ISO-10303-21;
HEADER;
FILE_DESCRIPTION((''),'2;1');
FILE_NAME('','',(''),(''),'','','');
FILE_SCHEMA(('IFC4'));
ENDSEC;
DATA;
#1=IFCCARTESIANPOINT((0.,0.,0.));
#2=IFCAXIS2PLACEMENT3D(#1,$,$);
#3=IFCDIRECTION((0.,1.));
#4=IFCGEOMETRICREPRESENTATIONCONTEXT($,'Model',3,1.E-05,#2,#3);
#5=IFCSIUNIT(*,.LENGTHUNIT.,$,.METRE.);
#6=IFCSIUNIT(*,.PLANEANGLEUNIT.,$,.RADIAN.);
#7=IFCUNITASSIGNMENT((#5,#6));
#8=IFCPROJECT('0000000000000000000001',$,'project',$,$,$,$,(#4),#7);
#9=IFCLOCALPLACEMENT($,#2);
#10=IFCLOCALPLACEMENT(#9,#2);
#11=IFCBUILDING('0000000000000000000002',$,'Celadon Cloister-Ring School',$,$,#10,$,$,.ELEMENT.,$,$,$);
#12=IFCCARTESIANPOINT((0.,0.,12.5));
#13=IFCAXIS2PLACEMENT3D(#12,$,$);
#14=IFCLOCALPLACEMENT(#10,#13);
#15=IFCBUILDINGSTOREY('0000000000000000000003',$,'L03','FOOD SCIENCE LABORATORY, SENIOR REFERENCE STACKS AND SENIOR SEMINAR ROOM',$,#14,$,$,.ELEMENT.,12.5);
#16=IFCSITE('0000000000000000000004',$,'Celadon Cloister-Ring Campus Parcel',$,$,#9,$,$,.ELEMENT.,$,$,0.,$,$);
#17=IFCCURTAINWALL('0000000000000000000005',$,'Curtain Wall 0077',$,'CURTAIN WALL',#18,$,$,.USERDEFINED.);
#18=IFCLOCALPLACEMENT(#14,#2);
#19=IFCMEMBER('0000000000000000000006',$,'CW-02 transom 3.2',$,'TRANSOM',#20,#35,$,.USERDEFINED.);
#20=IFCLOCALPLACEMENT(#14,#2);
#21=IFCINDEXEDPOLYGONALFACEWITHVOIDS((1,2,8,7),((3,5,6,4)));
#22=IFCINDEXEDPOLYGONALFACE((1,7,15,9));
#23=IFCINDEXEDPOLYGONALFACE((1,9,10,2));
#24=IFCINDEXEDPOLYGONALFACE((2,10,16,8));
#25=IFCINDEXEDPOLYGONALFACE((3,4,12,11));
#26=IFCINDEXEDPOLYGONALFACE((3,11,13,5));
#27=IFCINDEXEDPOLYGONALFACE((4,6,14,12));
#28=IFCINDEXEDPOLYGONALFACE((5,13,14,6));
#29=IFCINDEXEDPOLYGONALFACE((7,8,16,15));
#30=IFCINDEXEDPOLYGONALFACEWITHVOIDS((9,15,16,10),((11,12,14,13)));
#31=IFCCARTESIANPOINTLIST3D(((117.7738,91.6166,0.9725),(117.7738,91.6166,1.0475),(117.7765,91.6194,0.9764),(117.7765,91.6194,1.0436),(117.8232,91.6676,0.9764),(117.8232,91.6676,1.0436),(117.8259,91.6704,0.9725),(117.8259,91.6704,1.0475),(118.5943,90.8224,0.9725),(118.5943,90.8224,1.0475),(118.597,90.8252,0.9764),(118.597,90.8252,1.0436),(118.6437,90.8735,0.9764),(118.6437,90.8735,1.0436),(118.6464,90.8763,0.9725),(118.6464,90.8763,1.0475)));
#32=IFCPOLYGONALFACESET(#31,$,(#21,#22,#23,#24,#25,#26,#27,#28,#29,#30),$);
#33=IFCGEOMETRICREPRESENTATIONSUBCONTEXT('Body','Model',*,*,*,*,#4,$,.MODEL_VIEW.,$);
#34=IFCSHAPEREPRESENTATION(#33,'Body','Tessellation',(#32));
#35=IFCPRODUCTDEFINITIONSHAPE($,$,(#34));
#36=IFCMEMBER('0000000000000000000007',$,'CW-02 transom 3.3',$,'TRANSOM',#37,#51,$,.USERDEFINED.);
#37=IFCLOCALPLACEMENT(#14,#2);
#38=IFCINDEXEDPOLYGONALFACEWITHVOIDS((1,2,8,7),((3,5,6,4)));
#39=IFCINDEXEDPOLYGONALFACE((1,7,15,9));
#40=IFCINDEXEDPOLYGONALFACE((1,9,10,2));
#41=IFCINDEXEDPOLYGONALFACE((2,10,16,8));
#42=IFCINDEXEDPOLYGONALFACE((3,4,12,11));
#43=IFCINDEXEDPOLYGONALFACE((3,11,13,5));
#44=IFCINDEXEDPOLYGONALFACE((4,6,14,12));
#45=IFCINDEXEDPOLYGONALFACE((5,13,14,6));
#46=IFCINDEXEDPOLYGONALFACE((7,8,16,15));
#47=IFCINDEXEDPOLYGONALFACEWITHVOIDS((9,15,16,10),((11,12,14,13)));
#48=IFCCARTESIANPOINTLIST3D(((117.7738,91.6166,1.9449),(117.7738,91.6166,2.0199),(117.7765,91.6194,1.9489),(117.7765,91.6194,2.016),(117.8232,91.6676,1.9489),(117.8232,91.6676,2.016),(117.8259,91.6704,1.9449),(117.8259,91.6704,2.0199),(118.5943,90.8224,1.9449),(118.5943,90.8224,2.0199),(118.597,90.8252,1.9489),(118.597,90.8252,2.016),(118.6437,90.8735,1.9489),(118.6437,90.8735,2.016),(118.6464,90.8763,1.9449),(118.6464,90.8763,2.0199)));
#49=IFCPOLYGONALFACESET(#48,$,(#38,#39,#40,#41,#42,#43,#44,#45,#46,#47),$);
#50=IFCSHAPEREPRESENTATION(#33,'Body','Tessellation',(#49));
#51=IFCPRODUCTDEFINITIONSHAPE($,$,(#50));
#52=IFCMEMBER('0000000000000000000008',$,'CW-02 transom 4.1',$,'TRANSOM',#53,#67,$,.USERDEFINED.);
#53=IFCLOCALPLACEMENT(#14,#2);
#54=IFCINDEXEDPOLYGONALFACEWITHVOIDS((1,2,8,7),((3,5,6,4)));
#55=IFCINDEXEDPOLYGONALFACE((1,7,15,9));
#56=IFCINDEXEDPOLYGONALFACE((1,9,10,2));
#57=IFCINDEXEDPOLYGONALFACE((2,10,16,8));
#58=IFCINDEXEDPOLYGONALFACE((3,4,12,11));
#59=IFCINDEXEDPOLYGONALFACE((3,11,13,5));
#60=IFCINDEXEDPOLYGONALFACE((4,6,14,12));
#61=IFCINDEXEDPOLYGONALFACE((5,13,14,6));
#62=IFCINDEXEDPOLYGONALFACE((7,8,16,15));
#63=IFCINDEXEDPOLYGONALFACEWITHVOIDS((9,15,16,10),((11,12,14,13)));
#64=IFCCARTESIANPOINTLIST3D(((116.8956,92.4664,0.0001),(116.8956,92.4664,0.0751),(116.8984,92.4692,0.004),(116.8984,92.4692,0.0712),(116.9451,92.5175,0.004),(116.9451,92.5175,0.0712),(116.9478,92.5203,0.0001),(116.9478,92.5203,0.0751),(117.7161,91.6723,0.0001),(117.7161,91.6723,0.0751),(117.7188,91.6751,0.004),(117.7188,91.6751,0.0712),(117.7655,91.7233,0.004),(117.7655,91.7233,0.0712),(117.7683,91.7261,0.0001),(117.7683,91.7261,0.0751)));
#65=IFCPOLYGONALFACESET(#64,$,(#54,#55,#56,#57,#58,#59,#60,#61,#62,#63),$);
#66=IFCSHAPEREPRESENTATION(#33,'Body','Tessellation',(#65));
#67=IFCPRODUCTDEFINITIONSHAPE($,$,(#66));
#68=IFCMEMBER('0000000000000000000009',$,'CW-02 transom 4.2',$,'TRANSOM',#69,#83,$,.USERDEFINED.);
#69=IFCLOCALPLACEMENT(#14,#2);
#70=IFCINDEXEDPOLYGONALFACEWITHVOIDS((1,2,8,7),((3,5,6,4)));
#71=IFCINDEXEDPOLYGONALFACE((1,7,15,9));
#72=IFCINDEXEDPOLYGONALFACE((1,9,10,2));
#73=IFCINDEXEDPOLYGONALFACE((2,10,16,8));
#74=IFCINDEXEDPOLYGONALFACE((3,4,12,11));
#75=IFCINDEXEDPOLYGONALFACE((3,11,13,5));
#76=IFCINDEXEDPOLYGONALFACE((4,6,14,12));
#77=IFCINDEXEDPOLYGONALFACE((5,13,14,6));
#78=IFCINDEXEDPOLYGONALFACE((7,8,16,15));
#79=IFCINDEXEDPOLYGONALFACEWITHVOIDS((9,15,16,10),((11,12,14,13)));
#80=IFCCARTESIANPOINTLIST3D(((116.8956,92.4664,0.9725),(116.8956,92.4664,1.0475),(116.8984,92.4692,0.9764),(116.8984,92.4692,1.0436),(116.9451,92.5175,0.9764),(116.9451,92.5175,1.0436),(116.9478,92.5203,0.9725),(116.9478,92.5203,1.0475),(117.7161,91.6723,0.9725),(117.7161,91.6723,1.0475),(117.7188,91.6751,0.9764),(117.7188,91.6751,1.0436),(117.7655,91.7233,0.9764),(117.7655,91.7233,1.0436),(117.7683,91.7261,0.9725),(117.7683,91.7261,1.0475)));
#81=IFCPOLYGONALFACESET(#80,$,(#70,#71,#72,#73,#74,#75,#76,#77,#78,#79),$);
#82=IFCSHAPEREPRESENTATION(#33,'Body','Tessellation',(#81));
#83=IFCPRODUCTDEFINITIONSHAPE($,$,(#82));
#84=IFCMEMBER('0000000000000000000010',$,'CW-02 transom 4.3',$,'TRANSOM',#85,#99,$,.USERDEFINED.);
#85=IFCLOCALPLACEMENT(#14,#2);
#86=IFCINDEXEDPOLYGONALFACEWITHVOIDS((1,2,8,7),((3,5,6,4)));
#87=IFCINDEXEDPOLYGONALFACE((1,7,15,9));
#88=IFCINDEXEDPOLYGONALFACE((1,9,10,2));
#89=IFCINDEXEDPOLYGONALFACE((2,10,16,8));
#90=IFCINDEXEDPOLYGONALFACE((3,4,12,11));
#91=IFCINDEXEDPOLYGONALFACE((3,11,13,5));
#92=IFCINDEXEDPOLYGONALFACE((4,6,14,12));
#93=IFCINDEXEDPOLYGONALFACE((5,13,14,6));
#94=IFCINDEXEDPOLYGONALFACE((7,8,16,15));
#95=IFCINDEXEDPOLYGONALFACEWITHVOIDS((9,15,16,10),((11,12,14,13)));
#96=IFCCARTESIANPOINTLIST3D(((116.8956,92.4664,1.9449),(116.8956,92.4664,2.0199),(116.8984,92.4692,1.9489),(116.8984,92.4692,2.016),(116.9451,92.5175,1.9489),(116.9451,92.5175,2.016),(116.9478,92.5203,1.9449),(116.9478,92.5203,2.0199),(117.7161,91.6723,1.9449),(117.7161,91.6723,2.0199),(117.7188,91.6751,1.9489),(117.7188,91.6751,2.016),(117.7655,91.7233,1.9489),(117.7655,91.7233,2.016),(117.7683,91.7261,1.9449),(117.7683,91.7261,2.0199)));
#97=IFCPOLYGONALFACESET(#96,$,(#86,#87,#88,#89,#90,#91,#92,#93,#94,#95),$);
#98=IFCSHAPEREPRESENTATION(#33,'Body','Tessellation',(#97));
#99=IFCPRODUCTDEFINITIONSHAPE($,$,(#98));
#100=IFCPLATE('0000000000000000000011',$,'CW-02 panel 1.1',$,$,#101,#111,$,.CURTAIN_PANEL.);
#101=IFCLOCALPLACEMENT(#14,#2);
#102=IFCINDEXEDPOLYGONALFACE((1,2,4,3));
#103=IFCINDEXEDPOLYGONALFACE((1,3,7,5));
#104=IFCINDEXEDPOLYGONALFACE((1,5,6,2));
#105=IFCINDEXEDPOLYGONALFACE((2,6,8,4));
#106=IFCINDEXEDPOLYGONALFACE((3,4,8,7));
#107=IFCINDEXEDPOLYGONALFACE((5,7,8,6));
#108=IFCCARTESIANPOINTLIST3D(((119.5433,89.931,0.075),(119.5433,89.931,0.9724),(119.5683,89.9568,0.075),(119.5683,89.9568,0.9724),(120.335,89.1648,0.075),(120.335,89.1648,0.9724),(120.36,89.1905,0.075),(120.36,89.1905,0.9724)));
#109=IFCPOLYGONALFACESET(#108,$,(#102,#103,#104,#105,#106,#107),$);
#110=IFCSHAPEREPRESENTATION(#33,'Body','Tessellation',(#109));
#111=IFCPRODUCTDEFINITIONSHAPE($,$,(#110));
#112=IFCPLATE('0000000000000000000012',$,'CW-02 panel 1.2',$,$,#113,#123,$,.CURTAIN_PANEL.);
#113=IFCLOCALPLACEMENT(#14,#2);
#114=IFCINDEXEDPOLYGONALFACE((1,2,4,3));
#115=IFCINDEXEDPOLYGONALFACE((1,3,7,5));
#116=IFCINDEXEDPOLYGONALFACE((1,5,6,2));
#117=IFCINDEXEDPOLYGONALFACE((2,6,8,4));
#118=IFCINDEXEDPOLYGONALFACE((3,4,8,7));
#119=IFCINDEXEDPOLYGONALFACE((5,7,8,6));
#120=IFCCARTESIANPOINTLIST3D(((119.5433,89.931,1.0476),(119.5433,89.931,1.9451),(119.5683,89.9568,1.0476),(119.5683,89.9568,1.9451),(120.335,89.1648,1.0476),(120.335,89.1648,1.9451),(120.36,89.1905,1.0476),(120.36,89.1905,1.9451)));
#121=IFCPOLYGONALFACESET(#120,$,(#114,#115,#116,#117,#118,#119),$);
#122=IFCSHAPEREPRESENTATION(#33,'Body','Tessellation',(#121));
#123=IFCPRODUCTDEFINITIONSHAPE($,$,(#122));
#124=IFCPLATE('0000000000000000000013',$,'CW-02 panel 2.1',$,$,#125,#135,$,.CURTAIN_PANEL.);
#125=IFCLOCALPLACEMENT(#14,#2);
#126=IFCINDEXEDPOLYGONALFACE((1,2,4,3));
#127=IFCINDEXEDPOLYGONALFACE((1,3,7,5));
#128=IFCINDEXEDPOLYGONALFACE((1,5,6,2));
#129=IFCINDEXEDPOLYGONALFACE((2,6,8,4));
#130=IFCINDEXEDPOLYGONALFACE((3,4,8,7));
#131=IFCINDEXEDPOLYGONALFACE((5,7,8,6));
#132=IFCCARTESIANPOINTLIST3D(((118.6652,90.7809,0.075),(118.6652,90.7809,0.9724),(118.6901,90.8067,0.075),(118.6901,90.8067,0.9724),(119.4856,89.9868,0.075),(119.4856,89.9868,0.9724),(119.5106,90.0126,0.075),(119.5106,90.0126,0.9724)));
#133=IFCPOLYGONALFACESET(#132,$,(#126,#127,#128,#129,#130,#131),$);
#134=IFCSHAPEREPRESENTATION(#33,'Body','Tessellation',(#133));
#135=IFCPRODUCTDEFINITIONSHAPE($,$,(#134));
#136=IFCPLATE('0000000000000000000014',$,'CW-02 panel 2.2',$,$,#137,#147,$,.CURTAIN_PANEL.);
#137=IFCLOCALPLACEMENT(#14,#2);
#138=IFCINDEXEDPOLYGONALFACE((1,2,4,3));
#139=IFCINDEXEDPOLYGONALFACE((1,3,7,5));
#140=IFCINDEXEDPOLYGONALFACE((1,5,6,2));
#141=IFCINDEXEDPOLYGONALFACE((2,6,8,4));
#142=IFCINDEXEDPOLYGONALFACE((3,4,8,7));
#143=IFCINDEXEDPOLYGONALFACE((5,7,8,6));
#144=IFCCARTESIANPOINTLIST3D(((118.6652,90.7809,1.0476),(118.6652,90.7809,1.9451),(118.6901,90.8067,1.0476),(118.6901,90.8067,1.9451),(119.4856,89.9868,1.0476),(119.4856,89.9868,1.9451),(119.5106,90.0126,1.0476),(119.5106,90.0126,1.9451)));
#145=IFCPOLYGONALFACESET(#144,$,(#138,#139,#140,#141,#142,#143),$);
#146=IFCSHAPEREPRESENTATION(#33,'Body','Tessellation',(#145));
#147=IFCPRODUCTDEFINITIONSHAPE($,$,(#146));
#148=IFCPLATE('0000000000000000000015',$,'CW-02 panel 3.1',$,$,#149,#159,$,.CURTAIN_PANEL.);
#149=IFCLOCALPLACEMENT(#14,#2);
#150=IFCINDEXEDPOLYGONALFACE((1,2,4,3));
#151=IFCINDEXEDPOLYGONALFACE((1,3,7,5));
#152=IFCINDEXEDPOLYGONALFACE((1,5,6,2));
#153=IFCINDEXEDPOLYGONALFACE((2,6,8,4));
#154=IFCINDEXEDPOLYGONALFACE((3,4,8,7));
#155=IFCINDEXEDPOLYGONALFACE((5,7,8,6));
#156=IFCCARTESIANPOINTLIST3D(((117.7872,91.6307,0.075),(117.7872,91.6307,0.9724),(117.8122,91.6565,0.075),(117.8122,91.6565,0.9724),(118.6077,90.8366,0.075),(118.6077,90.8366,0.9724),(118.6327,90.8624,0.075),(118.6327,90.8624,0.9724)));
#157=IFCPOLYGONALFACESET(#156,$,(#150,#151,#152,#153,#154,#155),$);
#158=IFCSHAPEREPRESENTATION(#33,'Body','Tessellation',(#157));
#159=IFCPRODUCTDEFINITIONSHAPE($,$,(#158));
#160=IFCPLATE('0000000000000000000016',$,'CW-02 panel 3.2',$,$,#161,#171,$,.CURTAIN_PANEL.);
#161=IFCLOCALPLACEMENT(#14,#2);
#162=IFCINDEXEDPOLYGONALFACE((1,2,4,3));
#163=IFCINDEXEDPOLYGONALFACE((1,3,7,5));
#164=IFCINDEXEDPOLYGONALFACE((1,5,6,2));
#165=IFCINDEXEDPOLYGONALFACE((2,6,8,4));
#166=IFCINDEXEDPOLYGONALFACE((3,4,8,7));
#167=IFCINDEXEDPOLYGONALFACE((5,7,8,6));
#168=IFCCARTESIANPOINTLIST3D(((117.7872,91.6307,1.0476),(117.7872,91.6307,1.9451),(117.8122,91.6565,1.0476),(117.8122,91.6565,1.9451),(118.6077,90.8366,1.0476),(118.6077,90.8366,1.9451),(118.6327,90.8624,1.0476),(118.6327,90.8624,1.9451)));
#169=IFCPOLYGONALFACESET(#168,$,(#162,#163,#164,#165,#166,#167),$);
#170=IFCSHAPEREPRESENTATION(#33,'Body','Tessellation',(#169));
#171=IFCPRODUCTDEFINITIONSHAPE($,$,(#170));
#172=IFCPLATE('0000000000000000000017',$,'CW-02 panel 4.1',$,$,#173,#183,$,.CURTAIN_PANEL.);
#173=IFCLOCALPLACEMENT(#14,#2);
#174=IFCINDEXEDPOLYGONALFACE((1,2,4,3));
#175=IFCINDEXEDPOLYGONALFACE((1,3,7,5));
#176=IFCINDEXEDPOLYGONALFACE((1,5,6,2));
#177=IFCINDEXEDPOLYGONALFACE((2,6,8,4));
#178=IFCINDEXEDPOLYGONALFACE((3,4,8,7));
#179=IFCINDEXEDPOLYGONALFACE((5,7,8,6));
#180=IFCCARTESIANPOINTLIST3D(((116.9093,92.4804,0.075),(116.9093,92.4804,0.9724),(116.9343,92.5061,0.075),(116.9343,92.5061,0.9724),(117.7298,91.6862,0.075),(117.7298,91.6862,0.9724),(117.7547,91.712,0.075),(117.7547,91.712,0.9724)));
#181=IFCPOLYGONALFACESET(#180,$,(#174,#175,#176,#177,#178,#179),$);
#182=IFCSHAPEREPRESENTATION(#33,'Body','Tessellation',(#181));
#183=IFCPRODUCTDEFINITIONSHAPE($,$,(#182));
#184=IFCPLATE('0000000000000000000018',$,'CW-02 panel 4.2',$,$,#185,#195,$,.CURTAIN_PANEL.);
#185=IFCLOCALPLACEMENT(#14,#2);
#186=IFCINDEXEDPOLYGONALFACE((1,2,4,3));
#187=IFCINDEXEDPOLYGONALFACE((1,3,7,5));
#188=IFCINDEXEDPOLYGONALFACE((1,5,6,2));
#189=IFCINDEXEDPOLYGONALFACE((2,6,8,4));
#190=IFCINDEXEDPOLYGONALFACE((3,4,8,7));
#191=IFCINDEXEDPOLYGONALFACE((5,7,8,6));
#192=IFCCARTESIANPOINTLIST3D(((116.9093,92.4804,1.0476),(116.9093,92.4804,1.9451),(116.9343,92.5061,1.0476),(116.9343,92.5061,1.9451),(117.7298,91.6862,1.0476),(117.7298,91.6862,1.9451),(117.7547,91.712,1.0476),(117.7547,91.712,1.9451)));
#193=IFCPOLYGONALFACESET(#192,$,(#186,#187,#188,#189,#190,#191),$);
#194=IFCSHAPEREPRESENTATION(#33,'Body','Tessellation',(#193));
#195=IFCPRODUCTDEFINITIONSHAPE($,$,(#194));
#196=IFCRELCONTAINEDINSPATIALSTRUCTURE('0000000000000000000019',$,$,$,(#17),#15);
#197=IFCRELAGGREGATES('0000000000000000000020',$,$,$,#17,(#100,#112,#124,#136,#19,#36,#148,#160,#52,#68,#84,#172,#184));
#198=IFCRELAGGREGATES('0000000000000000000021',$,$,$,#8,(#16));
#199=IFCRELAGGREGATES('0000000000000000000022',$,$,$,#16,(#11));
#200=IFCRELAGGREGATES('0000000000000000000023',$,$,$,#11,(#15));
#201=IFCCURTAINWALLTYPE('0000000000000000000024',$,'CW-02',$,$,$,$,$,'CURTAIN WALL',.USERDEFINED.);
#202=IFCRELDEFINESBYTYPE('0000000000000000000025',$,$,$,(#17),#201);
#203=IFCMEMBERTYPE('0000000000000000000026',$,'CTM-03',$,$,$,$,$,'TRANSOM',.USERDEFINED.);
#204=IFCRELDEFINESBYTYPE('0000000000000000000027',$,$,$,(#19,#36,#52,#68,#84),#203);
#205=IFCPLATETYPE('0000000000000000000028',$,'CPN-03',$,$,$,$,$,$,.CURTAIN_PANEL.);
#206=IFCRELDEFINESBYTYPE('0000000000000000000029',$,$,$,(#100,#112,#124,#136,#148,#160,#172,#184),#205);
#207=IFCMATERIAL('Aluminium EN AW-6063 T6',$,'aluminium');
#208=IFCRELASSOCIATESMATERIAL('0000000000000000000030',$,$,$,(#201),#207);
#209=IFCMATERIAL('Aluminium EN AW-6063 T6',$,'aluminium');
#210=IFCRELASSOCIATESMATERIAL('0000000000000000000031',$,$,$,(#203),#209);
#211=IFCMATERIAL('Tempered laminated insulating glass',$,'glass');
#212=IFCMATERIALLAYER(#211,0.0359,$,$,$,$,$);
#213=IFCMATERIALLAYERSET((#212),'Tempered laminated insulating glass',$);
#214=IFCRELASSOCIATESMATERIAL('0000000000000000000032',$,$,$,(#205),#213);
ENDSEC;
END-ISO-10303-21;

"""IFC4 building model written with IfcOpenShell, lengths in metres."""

from ifc_helpers import new_model, si_unit, direction, frame, origin, origin_2d, place, context, subcontext, project, spatial, rectangle, hollow_rectangle, extrude, material, layer, layer_set, material_profile, profile_set, type_object, element, aggregate, save


model = new_model("IFC4")

# Units and contexts
model_context = context("Model", 3, precision=1e-05, world=origin(), true_north=direction((0.0, 1.0)))
body_context = subcontext(model_context, "Body", "Model", "MODEL_VIEW")
ifc_project = project(units=[si_unit("LENGTHUNIT", "METRE"), si_unit("PLANEANGLEUNIT", "RADIAN")], contexts=[model_context])

# Site, building, storey
site_placement = place(None, origin())
site = spatial("IfcSite", under=ifc_project, at=site_placement, Name="Celadon Cloister-Ring Campus Parcel", CompositionType="ELEMENT", RefElevation=0.0)
building_placement = place(site_placement, origin())
building = spatial("IfcBuilding", under=site, at=building_placement, Name="Celadon Cloister-Ring School", CompositionType="ELEMENT")
storey_placement = place(building_placement, frame((0.0, 0.0, 12.5)))
storey = spatial("IfcBuildingStorey", under=building, at=storey_placement, Name="L03", Description="FOOD SCIENCE LABORATORY, SENIOR REFERENCE STACKS AND SENIOR SEMINAR ROOM", CompositionType="ELEMENT", Elevation=12.5)

# Curtain wall, members, plates
ifc_material_1 = material(Name="Aluminium EN AW-6063 T6", Category="aluminium")
curtain_wall_type = type_object("IfcCurtainWallType", Name="CW-02", ElementType="CURTAIN WALL", PredefinedType="USERDEFINED", material=ifc_material_1)
curtain_wall_placement = place(storey_placement, origin())
curtain_wall = element("IfcCurtainWall", 1, at=curtain_wall_placement, inside=storey, type_object=curtain_wall_type, Name="Curtain Wall 0077", ObjectType="CURTAIN WALL", PredefinedType="USERDEFINED")
ifc_material_2 = material(Name="Aluminium EN AW-6063 T6", Category="aluminium")
ifc_material_profile_1 = material_profile(ifc_material_2, hollow_rectangle(XDim=0.075, YDim=0.075, WallThickness=0.0039, at=origin_2d()), Name="RHS75X75X4")
ifc_profile_set_1 = profile_set([ifc_material_profile_1], Name="Aluminium EN AW-6063 T6")
member_type_1 = type_object("IfcMemberType", Name="CTM-03", ElementType="TRANSOM", PredefinedType="USERDEFINED", material=ifc_profile_set_1)
member_1_placement = place(storey_placement, frame((118.6204, 90.8494, 1.01), z_axis=(-0.718557, 0.695468, 0.0), x_axis=(-0.695468, -0.718557, 0.0)))
member_1 = element("IfcMember", 2, at=member_1_placement, type_object=member_type_1, Name="CW-02 transom 3.2", ObjectType="TRANSOM", PredefinedType="USERDEFINED", context=body_context, shape_type="SweptSolid", body=[
    extrude(hollow_rectangle(XDim=0.075, YDim=0.075, WallThickness=0.0039, at=origin_2d()), origin(), (0.0, 0.0, 1.0), 1.1418),
])
member_2_placement = place(storey_placement, frame((118.6204, 90.8494, 1.9824), z_axis=(-0.718557, 0.695468, 0.0), x_axis=(-0.695468, -0.718557, 0.0)))
member_2 = element("IfcMember", 3, at=member_2_placement, type_object=member_type_1, Name="CW-02 transom 3.3", ObjectType="TRANSOM", PredefinedType="USERDEFINED", context=body_context, shape_type="SweptSolid", body=[
    extrude(hollow_rectangle(XDim=0.075, YDim=0.075, WallThickness=0.0039, at=origin_2d()), origin(), (0.0, 0.0, 1.0), 1.1418),
])
member_3_placement = place(storey_placement, frame((117.7422, 91.6992, 0.0376), z_axis=(-0.718557, 0.695468, 0.0), x_axis=(-0.695468, -0.718557, 0.0)))
member_3 = element("IfcMember", 4, at=member_3_placement, type_object=member_type_1, Name="CW-02 transom 4.1", ObjectType="TRANSOM", PredefinedType="USERDEFINED", context=body_context, shape_type="SweptSolid", body=[
    extrude(hollow_rectangle(XDim=0.075, YDim=0.075, WallThickness=0.0039, at=origin_2d()), origin(), (0.0, 0.0, 1.0), 1.1418),
])
member_4_placement = place(storey_placement, frame((117.7422, 91.6992, 1.01), z_axis=(-0.718557, 0.695468, 0.0), x_axis=(-0.695468, -0.718557, 0.0)))
member_4 = element("IfcMember", 5, at=member_4_placement, type_object=member_type_1, Name="CW-02 transom 4.2", ObjectType="TRANSOM", PredefinedType="USERDEFINED", context=body_context, shape_type="SweptSolid", body=[
    extrude(hollow_rectangle(XDim=0.075, YDim=0.075, WallThickness=0.0039, at=origin_2d()), origin(), (0.0, 0.0, 1.0), 1.1418),
])
member_5_placement = place(storey_placement, frame((117.7422, 91.6992, 1.9824), z_axis=(-0.718557, 0.695468, 0.0), x_axis=(-0.695468, -0.718557, 0.0)))
member_5 = element("IfcMember", 6, at=member_5_placement, type_object=member_type_1, Name="CW-02 transom 4.3", ObjectType="TRANSOM", PredefinedType="USERDEFINED", context=body_context, shape_type="SweptSolid", body=[
    extrude(hollow_rectangle(XDim=0.075, YDim=0.075, WallThickness=0.0039, at=origin_2d()), origin(), (0.0, 0.0, 1.0), 1.1418),
])
ifc_material_3 = material(Name="Tempered laminated insulating glass", Category="glass")
ifc_layer = layer(ifc_material_3, 0.0359)
ifc_layer_set = layer_set([ifc_layer], Name="Tempered laminated insulating glass")
plate_type = type_object("IfcPlateType", Name="CPN-03", PredefinedType="CURTAIN_PANEL", material=ifc_layer_set)
plate_1_placement = place(storey_placement, frame((119.9517, 89.5608, 0.075), z_axis=(0.0, 0.0, 1.0), x_axis=(-0.718552, 0.695473, 0.0)))
plate_1 = element("IfcPlate", 7, at=plate_1_placement, type_object=plate_type, Name="CW-02 panel 1.1", PredefinedType="CURTAIN_PANEL", context=body_context, shape_type="SweptSolid", body=[
    extrude(rectangle(XDim=1.1018, YDim=0.0359, at=origin_2d()), origin(), (0.0, 0.0, 1.0), 0.8975),
])
plate_2_placement = place(storey_placement, frame((119.9517, 89.5608, 1.0476), z_axis=(0.0, 0.0, 1.0), x_axis=(-0.718552, 0.695473, 0.0)))
plate_2 = element("IfcPlate", 8, at=plate_2_placement, type_object=plate_type, Name="CW-02 panel 1.2", PredefinedType="CURTAIN_PANEL", context=body_context, shape_type="SweptSolid", body=[
    extrude(rectangle(XDim=1.1018, YDim=0.0359, at=origin_2d()), origin(), (0.0, 0.0, 1.0), 0.8975),
])
plate_3_placement = place(storey_placement, frame((119.0879, 90.3967, 0.075), z_axis=(0.0, 0.0, 1.0), x_axis=(-0.718552, 0.695473, 0.0)))
plate_3 = element("IfcPlate", 9, at=plate_3_placement, type_object=plate_type, Name="CW-02 panel 2.1", PredefinedType="CURTAIN_PANEL", context=body_context, shape_type="SweptSolid", body=[
    extrude(rectangle(XDim=1.1418, YDim=0.0359, at=origin_2d()), origin(), (0.0, 0.0, 1.0), 0.8975),
])
plate_4_placement = place(storey_placement, frame((119.0879, 90.3967, 1.0476), z_axis=(0.0, 0.0, 1.0), x_axis=(-0.718552, 0.695473, 0.0)))
plate_4 = element("IfcPlate", 10, at=plate_4_placement, type_object=plate_type, Name="CW-02 panel 2.2", PredefinedType="CURTAIN_PANEL", context=body_context, shape_type="SweptSolid", body=[
    extrude(rectangle(XDim=1.1418, YDim=0.0359, at=origin_2d()), origin(), (0.0, 0.0, 1.0), 0.8975),
])
plate_5_placement = place(storey_placement, frame((118.21, 91.2466, 0.075), z_axis=(0.0, 0.0, 1.0), x_axis=(-0.718552, 0.695473, 0.0)))
plate_5 = element("IfcPlate", 11, at=plate_5_placement, type_object=plate_type, Name="CW-02 panel 3.1", PredefinedType="CURTAIN_PANEL", context=body_context, shape_type="SweptSolid", body=[
    extrude(rectangle(XDim=1.1418, YDim=0.0359, at=origin_2d()), origin(), (0.0, 0.0, 1.0), 0.8975),
])
plate_6_placement = place(storey_placement, frame((118.21, 91.2466, 1.0476), z_axis=(0.0, 0.0, 1.0), x_axis=(-0.718552, 0.695473, 0.0)))
plate_6 = element("IfcPlate", 12, at=plate_6_placement, type_object=plate_type, Name="CW-02 panel 3.2", PredefinedType="CURTAIN_PANEL", context=body_context, shape_type="SweptSolid", body=[
    extrude(rectangle(XDim=1.1418, YDim=0.0359, at=origin_2d()), origin(), (0.0, 0.0, 1.0), 0.8975),
])
plate_7_placement = place(storey_placement, frame((117.332, 92.0962, 0.075), z_axis=(0.0, 0.0, 1.0), x_axis=(-0.718552, 0.695473, 0.0)))
plate_7 = element("IfcPlate", 13, at=plate_7_placement, type_object=plate_type, Name="CW-02 panel 4.1", PredefinedType="CURTAIN_PANEL", context=body_context, shape_type="SweptSolid", body=[
    extrude(rectangle(XDim=1.1418, YDim=0.0359, at=origin_2d()), origin(), (0.0, 0.0, 1.0), 0.8975),
])
plate_8_placement = place(storey_placement, frame((117.332, 92.0962, 1.0476), z_axis=(0.0, 0.0, 1.0), x_axis=(-0.718552, 0.695473, 0.0)))
plate_8 = element("IfcPlate", 14, at=plate_8_placement, type_object=plate_type, Name="CW-02 panel 4.2", PredefinedType="CURTAIN_PANEL", context=body_context, shape_type="SweptSolid", body=[
    extrude(rectangle(XDim=1.1418, YDim=0.0359, at=origin_2d()), origin(), (0.0, 0.0, 1.0), 0.8975),
])
aggregate(curtain_wall, [plate_1, plate_2, plate_3, plate_4, member_1, member_2, plate_5, plate_6, member_3, member_4, member_5, plate_7, plate_8])

save(model, "model.ifc")
